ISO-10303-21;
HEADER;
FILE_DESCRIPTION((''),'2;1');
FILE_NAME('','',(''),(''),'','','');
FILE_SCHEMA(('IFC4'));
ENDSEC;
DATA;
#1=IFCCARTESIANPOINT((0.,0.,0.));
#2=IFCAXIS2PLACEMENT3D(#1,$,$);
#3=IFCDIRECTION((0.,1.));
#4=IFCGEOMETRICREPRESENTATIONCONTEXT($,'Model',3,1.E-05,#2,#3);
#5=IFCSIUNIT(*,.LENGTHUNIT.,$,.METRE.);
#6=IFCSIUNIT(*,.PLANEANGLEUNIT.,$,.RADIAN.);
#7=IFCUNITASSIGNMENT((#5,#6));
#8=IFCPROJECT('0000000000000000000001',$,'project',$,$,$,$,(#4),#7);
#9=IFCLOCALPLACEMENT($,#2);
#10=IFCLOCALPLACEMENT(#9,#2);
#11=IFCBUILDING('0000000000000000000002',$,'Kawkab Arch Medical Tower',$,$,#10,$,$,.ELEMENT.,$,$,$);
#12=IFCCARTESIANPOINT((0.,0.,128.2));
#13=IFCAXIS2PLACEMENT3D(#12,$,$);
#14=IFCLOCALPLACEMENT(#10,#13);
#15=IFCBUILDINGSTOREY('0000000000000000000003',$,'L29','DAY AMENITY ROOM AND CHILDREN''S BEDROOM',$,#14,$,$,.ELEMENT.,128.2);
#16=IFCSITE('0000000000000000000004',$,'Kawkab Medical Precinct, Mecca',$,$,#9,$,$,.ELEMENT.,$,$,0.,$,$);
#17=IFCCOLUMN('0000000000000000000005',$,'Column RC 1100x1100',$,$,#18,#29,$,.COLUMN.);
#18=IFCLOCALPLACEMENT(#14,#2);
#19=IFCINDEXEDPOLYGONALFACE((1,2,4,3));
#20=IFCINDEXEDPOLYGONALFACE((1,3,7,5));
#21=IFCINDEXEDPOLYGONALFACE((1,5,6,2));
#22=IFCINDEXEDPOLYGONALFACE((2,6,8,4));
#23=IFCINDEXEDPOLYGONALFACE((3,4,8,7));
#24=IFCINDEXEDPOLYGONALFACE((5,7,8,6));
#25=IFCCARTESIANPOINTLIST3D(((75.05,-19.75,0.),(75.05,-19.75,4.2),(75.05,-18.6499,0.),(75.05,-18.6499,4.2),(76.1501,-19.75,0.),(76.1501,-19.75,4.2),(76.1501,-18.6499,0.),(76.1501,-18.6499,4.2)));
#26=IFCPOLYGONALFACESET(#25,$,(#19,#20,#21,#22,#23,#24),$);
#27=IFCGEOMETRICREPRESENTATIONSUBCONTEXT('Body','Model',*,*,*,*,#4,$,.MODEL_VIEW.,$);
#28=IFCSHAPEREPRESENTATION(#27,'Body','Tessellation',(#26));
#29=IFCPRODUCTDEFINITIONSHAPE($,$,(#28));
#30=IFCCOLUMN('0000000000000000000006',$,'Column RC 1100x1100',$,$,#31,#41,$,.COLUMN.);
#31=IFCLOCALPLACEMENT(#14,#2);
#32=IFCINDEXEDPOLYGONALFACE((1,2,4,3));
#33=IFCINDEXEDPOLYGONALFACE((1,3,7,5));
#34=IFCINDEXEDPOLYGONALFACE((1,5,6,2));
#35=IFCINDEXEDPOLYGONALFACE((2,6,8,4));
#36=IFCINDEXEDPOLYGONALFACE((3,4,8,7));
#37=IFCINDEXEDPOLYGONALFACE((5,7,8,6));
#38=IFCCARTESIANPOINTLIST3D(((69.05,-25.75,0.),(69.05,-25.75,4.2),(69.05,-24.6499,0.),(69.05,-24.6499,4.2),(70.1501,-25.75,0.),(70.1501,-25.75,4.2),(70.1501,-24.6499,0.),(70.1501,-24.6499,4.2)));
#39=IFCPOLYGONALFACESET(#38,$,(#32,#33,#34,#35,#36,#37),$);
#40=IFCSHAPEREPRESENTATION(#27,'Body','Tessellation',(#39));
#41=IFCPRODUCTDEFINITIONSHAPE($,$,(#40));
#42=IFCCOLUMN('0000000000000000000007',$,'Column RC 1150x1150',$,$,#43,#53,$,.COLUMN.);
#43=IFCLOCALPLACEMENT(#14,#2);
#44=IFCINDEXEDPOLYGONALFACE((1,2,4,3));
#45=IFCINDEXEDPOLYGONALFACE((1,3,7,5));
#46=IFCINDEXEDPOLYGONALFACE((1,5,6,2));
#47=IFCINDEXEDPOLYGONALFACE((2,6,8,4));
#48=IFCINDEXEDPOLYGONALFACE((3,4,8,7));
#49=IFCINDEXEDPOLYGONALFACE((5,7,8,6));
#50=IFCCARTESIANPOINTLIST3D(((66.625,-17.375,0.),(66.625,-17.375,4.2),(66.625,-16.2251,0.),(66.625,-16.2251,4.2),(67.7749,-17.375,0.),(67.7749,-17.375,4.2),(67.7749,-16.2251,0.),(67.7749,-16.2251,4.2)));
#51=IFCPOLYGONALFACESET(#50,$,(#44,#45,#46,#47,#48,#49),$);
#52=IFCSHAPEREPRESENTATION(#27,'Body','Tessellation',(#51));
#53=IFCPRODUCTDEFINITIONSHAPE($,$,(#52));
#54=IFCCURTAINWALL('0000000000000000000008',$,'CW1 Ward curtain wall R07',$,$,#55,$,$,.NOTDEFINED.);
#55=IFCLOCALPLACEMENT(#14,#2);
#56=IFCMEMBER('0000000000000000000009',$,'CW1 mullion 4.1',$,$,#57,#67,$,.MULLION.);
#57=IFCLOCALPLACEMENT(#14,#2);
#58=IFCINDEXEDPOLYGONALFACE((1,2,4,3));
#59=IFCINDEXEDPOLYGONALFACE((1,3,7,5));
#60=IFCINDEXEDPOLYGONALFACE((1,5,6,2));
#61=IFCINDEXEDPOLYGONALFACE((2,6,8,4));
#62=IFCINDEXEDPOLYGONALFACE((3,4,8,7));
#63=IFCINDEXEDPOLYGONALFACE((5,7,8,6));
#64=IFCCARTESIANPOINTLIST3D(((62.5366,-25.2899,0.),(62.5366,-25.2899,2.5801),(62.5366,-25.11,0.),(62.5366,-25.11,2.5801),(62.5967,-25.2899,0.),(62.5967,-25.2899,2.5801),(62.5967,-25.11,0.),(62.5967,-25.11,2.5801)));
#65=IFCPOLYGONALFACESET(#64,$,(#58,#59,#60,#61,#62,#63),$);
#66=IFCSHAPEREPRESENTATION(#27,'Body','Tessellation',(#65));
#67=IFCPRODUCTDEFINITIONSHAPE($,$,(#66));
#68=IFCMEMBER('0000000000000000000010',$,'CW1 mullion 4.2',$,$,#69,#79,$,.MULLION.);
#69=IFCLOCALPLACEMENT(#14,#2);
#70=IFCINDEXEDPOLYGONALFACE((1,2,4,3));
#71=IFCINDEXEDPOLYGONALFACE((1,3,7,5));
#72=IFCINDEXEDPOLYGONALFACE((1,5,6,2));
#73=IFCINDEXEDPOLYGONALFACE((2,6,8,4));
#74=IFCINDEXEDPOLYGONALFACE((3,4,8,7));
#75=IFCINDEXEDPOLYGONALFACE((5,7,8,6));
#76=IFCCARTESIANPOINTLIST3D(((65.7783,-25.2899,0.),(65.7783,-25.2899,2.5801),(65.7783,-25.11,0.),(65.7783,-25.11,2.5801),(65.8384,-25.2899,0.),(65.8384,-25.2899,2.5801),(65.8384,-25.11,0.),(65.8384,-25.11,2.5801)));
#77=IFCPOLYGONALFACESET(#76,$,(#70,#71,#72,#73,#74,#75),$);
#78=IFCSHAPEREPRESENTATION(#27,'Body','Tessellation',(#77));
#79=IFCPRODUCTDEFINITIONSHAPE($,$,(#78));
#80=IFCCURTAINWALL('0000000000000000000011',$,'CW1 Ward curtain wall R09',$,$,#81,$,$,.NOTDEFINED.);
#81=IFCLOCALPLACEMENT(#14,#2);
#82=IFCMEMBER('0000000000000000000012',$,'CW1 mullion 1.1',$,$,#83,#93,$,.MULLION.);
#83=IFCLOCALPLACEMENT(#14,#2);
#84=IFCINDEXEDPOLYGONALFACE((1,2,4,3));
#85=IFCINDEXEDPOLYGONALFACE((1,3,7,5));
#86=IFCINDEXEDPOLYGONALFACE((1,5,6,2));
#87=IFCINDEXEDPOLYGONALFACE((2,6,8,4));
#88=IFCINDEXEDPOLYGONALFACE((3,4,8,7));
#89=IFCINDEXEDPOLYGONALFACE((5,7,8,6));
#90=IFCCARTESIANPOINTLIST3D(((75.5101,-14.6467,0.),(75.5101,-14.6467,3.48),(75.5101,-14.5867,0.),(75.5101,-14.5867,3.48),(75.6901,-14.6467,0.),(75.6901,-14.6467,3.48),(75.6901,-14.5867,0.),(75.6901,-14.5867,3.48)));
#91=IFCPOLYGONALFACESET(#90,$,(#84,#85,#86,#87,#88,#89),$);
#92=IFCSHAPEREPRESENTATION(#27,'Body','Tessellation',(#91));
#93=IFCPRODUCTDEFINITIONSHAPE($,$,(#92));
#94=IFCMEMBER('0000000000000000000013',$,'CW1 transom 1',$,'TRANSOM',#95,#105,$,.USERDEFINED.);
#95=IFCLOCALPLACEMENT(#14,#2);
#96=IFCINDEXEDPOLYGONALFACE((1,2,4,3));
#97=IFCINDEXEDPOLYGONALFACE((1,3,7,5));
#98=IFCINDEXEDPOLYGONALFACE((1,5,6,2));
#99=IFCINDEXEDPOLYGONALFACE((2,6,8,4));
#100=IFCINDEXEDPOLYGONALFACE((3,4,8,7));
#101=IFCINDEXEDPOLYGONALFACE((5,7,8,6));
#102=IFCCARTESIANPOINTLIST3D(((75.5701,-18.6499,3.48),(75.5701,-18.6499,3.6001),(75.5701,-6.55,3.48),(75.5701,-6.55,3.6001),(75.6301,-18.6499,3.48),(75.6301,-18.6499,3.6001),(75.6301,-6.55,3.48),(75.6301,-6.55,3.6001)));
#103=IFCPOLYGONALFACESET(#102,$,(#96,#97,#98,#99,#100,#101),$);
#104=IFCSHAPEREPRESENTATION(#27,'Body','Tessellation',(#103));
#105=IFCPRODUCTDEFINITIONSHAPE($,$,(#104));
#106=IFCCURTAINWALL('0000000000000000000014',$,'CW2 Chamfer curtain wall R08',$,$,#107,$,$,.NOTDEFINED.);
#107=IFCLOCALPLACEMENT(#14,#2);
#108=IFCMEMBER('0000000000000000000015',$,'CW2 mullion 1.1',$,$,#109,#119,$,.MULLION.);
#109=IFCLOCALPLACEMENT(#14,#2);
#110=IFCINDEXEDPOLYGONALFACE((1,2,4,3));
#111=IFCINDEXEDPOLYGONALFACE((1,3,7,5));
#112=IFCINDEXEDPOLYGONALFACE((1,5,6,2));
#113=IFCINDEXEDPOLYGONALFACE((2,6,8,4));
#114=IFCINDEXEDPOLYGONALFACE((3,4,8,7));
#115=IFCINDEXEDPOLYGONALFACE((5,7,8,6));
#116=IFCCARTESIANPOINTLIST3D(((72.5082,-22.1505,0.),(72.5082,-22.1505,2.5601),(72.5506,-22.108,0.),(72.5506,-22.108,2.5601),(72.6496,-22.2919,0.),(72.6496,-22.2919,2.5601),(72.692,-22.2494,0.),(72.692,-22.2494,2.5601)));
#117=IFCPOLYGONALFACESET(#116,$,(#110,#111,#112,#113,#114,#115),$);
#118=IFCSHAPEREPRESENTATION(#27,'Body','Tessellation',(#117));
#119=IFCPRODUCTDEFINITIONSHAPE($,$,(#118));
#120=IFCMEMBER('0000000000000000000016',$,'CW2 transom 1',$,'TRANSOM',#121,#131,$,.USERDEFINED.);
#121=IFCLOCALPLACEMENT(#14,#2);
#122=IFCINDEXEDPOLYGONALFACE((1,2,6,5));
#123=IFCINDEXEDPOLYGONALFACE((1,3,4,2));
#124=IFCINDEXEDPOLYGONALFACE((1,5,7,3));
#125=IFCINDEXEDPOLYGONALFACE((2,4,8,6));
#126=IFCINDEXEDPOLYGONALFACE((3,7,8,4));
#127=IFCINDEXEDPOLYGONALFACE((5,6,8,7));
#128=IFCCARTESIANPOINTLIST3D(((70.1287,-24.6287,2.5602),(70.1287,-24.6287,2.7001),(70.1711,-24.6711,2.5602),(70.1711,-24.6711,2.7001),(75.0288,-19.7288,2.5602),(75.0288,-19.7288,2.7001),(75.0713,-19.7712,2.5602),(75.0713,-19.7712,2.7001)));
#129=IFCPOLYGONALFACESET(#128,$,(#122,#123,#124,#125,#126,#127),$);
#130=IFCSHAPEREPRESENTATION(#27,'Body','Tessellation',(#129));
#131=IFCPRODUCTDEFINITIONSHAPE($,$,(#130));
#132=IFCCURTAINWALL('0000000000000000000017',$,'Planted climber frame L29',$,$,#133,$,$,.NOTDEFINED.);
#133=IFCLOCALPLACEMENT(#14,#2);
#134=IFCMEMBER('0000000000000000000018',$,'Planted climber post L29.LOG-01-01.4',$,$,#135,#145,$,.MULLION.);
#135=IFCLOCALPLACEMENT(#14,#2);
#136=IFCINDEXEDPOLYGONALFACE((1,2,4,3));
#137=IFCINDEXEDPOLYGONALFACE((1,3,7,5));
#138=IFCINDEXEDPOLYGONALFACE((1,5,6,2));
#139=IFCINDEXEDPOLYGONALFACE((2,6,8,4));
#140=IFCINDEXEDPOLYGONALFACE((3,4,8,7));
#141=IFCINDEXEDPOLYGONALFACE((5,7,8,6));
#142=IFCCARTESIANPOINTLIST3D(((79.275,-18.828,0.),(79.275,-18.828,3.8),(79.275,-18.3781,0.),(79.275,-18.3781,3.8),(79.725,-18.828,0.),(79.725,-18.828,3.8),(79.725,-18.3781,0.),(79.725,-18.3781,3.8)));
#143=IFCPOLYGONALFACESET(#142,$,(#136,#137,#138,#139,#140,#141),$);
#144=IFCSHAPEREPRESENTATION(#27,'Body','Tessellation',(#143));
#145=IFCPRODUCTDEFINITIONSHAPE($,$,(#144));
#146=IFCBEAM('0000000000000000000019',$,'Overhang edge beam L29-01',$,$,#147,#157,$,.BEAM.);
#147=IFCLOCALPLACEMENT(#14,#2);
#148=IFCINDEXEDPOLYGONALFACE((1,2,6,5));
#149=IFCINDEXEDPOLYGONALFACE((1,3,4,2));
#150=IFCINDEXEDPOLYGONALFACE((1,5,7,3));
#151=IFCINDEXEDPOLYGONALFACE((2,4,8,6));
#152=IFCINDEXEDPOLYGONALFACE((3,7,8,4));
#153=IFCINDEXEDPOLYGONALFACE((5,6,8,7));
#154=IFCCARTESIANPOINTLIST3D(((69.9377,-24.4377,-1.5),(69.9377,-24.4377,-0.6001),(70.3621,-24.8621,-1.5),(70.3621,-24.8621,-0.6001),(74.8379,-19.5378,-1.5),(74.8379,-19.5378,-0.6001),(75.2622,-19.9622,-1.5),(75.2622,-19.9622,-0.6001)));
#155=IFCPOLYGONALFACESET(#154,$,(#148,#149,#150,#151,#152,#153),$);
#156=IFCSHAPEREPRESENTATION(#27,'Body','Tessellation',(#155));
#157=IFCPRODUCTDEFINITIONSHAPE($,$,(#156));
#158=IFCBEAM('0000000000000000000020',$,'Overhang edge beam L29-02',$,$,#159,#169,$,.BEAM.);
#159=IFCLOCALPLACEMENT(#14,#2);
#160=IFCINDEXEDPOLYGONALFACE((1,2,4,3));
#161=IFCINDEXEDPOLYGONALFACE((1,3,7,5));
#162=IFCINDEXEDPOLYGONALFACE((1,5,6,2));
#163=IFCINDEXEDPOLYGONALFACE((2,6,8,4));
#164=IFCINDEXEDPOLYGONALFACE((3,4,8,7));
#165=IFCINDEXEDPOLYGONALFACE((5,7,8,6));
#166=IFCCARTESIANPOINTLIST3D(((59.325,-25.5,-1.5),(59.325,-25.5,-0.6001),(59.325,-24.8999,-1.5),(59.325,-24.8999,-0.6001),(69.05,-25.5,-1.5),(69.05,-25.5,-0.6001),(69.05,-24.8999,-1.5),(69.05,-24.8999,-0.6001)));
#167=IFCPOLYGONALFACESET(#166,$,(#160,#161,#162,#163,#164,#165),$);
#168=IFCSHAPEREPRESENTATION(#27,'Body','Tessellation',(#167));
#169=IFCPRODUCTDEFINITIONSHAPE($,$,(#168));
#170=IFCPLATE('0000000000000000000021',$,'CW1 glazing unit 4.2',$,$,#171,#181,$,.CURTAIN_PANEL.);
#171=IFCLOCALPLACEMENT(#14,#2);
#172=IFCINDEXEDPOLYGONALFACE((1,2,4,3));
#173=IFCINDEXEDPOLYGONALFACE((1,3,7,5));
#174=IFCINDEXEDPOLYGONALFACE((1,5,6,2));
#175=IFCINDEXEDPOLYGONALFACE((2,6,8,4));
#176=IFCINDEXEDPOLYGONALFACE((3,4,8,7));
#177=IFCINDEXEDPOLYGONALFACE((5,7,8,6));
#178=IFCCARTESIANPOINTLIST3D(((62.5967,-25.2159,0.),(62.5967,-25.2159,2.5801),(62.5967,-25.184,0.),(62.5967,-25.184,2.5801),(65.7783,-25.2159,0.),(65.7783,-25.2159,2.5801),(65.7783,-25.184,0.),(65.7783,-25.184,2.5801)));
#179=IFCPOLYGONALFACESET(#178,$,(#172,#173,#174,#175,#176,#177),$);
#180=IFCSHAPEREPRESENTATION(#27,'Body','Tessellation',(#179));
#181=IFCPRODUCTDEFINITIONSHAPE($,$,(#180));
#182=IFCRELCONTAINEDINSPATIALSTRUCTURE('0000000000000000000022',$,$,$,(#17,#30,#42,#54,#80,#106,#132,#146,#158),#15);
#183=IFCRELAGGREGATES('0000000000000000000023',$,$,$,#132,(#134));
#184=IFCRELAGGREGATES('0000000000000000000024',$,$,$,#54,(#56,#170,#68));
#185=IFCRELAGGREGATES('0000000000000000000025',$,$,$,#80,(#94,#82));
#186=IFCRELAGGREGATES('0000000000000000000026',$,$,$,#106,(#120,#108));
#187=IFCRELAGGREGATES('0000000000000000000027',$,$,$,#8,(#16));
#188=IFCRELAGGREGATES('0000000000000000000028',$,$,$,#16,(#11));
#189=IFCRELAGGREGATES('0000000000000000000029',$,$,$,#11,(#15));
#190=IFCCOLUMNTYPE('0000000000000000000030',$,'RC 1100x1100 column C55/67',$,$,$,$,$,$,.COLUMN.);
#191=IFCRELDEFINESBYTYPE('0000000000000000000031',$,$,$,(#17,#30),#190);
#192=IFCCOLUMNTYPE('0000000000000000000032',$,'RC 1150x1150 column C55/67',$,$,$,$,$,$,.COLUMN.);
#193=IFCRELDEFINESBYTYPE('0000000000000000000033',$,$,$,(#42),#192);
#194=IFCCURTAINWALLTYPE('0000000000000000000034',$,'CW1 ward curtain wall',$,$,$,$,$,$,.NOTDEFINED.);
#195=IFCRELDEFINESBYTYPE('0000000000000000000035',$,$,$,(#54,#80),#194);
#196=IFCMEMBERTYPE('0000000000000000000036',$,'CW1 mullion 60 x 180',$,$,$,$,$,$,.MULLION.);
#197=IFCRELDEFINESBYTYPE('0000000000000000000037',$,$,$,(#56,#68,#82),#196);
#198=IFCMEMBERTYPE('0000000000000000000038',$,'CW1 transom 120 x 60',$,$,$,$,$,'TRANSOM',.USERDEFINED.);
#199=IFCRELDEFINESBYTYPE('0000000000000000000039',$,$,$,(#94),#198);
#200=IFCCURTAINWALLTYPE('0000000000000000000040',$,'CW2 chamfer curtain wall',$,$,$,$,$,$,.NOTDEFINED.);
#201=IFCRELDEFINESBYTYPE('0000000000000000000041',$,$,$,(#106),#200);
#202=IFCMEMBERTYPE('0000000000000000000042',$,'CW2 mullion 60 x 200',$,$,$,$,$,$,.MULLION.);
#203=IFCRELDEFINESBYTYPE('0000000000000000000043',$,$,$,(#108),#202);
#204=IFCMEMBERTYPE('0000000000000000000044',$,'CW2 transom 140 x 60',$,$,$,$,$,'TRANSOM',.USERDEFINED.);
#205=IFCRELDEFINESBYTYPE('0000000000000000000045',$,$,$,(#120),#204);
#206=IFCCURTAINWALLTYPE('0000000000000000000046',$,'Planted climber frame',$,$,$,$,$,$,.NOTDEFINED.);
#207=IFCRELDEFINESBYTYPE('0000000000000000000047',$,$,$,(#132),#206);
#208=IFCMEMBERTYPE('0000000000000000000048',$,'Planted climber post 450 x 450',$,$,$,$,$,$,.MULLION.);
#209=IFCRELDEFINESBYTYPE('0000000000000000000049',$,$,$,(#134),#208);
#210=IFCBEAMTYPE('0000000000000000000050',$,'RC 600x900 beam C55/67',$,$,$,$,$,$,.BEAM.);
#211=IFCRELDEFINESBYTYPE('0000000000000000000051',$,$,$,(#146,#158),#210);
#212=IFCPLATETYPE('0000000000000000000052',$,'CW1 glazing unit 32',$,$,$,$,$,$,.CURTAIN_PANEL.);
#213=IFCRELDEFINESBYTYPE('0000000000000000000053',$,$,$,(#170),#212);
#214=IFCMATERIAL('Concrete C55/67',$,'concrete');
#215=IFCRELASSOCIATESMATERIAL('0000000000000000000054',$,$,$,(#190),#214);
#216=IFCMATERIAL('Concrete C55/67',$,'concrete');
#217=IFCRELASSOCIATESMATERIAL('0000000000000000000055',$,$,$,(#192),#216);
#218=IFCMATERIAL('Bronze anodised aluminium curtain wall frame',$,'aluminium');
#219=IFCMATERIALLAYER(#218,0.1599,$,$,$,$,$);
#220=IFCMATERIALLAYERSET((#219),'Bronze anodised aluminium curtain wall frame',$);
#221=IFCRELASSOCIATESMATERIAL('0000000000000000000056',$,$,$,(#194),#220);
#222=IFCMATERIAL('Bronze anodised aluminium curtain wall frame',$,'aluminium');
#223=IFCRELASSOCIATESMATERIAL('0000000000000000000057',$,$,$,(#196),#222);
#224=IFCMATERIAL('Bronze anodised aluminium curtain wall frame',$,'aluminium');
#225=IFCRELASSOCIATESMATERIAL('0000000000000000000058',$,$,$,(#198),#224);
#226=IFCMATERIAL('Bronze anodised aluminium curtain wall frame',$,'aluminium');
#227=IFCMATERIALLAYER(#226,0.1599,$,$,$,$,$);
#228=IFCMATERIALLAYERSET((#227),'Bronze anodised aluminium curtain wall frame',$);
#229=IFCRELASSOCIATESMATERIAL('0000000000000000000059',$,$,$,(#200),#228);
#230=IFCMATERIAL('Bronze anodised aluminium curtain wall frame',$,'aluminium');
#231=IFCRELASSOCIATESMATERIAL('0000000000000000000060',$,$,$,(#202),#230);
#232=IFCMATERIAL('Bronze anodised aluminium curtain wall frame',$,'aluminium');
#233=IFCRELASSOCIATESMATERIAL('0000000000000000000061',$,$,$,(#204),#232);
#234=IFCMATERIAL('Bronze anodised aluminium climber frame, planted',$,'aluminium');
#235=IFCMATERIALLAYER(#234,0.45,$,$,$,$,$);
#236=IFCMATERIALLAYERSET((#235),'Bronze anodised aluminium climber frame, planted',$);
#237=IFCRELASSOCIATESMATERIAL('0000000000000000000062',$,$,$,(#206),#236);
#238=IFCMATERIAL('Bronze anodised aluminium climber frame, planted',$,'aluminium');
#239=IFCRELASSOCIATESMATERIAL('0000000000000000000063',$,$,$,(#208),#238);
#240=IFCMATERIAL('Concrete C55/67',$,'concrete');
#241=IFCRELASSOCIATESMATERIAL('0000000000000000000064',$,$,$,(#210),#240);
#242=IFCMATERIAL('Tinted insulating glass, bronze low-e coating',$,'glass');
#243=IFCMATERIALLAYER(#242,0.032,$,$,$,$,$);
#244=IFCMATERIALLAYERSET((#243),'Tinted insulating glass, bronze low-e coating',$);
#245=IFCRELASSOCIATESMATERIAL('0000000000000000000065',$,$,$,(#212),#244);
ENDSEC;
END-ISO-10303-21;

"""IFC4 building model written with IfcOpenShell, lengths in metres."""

from ifc_helpers import new_model, si_unit, direction, frame, origin, origin_2d, place, context, subcontext, project, spatial, rectangle, extrude, material, layer, layer_set, material_profile, profile_set, type_object, element, aggregate, save


model = new_model("IFC4")

# Units and contexts
model_context = context("Model", 3, precision=1e-05, world=origin(), true_north=direction((0.0, 1.0)))
body_context = subcontext(model_context, "Body", "Model", "MODEL_VIEW")
ifc_project = project(units=[si_unit("LENGTHUNIT", "METRE"), si_unit("PLANEANGLEUNIT", "RADIAN")], contexts=[model_context])

# Site, building, storey
site_placement = place(None, origin())
site = spatial("IfcSite", under=ifc_project, at=site_placement, Name="Kawkab Medical Precinct, Mecca", CompositionType="ELEMENT", RefElevation=0.0)
building_placement = place(site_placement, origin())
building = spatial("IfcBuilding", under=site, at=building_placement, Name="Kawkab Arch Medical Tower", CompositionType="ELEMENT")
storey_placement = place(building_placement, frame((0.0, 0.0, 128.2)))
storey = spatial("IfcBuildingStorey", under=building, at=storey_placement, Name="L29", Description="DAY AMENITY ROOM AND CHILDREN'S BEDROOM", CompositionType="ELEMENT", Elevation=128.2)

# Columns
ifc_material_1 = material(Name="Concrete C55/67", Category="concrete")
ifc_material_profile_1 = material_profile(ifc_material_1, rectangle(XDim=1.1001, YDim=1.1001, at=origin_2d()), Name="RC 1100x1100")
ifc_profile_set_1 = profile_set([ifc_material_profile_1], Name="Concrete C55/67")
column_type_1 = type_object("IfcColumnType", Name="RC 1100x1100 column C55/67", PredefinedType="COLUMN", material=ifc_profile_set_1)
for number, where, z_axis, x_axis, name in (
    (1, (75.6001, -19.2, 0.0), (0.0, 0.0, 1.0), (1.0, 0.0, 0.0), "Column RC 1100x1100"),
    (2, (69.6001, -25.2, 0.0), (0.0, 0.0, 1.0), (1.0, 0.0, 0.0), "Column RC 1100x1100"),
):
    element("IfcColumn", number, at=place(storey_placement, frame(where, z_axis=z_axis, x_axis=x_axis)), inside=storey, type_object=column_type_1, Name=name, PredefinedType="COLUMN", context=body_context, shape_type="SweptSolid", body=[
        extrude(rectangle(XDim=1.1001, YDim=1.1001, at=origin_2d()), origin(), (0.0, 0.0, 1.0), 4.2),
    ])
ifc_material_2 = material(Name="Concrete C55/67", Category="concrete")
ifc_material_profile_2 = material_profile(ifc_material_2, rectangle(XDim=1.1499, YDim=1.1499, at=origin_2d()), Name="RC 1150x1150")
ifc_profile_set_2 = profile_set([ifc_material_profile_2], Name="Concrete C55/67")
column_type_2 = type_object("IfcColumnType", Name="RC 1150x1150 column C55/67", PredefinedType="COLUMN", material=ifc_profile_set_2)
column_placement = place(storey_placement, frame((67.2, -16.8, 0.0), z_axis=(0.0, 0.0, 1.0), x_axis=(1.0, 0.0, 0.0)))
element("IfcColumn", 3, at=column_placement, inside=storey, type_object=column_type_2, Name="Column RC 1150x1150", PredefinedType="COLUMN", context=body_context, shape_type="SweptSolid", body=[
    extrude(rectangle(XDim=1.1499, YDim=1.1499, at=origin_2d()), origin(), (0.0, 0.0, 1.0), 4.2),
])

# Curtain walls, members
ifc_material_3 = material(Name="Bronze anodised aluminium curtain wall frame", Category="aluminium")
ifc_layer_1 = layer(ifc_material_3, 0.1599)
ifc_layer_set_1 = layer_set([ifc_layer_1], Name="Bronze anodised aluminium curtain wall frame")
curtain_wall_type_1 = type_object("IfcCurtainWallType", Name="CW1 ward curtain wall", PredefinedType="NOTDEFINED", material=ifc_layer_set_1)
placement = place(storey_placement, origin())
curtain_wall_1 = element("IfcCurtainWall", 4, at=placement, inside=storey, type_object=curtain_wall_type_1, Name="CW1 Ward curtain wall R07", PredefinedType="NOTDEFINED")
ifc_material_4 = material(Name="Bronze anodised aluminium curtain wall frame", Category="aluminium")
ifc_material_profile_3 = material_profile(ifc_material_4, rectangle(XDim=0.1799, YDim=0.0601, at=origin_2d()), Name="AL 60x180")
ifc_profile_set_3 = profile_set([ifc_material_profile_3], Name="Bronze anodised aluminium curtain wall frame")
member_type_1 = type_object("IfcMemberType", Name="CW1 mullion 60 x 180", PredefinedType="MULLION", material=ifc_profile_set_3)
member_1_placement = place(storey_placement, frame((62.5667, -25.2, 0.0), z_axis=(0.0, 0.0, 1.0), x_axis=(0.0, 1.0, 0.0)))
member_1 = element("IfcMember", 5, at=member_1_placement, type_object=member_type_1, Name="CW1 mullion 4.1", PredefinedType="MULLION", context=body_context, shape_type="SweptSolid", body=[
    extrude(rectangle(XDim=0.1799, YDim=0.0601, at=origin_2d()), origin(), (0.0, 0.0, 1.0), 2.5801),
])
member_2_placement = place(storey_placement, frame((65.8083, -25.2, 0.0), z_axis=(0.0, 0.0, 1.0), x_axis=(0.0, 1.0, 0.0)))
member_2 = element("IfcMember", 6, at=member_2_placement, type_object=member_type_1, Name="CW1 mullion 4.2", PredefinedType="MULLION", context=body_context, shape_type="SweptSolid", body=[
    extrude(rectangle(XDim=0.1799, YDim=0.0601, at=origin_2d()), origin(), (0.0, 0.0, 1.0), 2.5801),
])
curtain_wall_2 = element("IfcCurtainWall", 7, at=placement, inside=storey, type_object=curtain_wall_type_1, Name="CW1 Ward curtain wall R09", PredefinedType="NOTDEFINED")
member_3_placement = place(storey_placement, frame((75.6001, -14.6167, 0.0), z_axis=(0.0, 0.0, 1.0), x_axis=(-1.0, 0.0, 0.0)))
member_3 = element("IfcMember", 8, at=member_3_placement, type_object=member_type_1, Name="CW1 mullion 1.1", PredefinedType="MULLION", context=body_context, shape_type="SweptSolid", body=[
    extrude(rectangle(XDim=0.1799, YDim=0.0601, at=origin_2d()), origin(), (0.0, 0.0, 1.0), 3.48),
])
ifc_material_5 = material(Name="Bronze anodised aluminium curtain wall frame", Category="aluminium")
ifc_material_profile_4 = material_profile(ifc_material_5, rectangle(XDim=0.0601, YDim=0.1201, at=origin_2d()), Name="AL 60x120")
ifc_profile_set_4 = profile_set([ifc_material_profile_4], Name="Bronze anodised aluminium curtain wall frame")
member_type_2 = type_object("IfcMemberType", Name="CW1 transom 120 x 60", ElementType="TRANSOM", PredefinedType="USERDEFINED", material=ifc_profile_set_4)
member_4_placement = place(storey_placement, frame((75.6001, -18.6499, 3.54), z_axis=(0.0, 1.0, 0.0), x_axis=(-1.0, 0.0, 0.0)))
member_4 = element("IfcMember", 9, at=member_4_placement, type_object=member_type_2, Name="CW1 transom 1", ObjectType="TRANSOM", PredefinedType="USERDEFINED", context=body_context, shape_type="SweptSolid", body=[
    extrude(rectangle(XDim=0.0601, YDim=0.1201, at=origin_2d()), origin(), (0.0, 0.0, 1.0), 12.0999),
])
ifc_material_6 = material(Name="Bronze anodised aluminium curtain wall frame", Category="aluminium")
ifc_layer_2 = layer(ifc_material_6, 0.1599)
ifc_layer_set_2 = layer_set([ifc_layer_2], Name="Bronze anodised aluminium curtain wall frame")
curtain_wall_type_2 = type_object("IfcCurtainWallType", Name="CW2 chamfer curtain wall", PredefinedType="NOTDEFINED", material=ifc_layer_set_2)
curtain_wall_3 = element("IfcCurtainWall", 10, at=placement, inside=storey, type_object=curtain_wall_type_2, Name="CW2 Chamfer curtain wall R08", PredefinedType="NOTDEFINED")
ifc_material_7 = material(Name="Bronze anodised aluminium curtain wall frame", Category="aluminium")
ifc_material_profile_5 = material_profile(ifc_material_7, rectangle(XDim=0.2, YDim=0.0601, at=origin_2d()), Name="AL 60x200")
ifc_profile_set_5 = profile_set([ifc_material_profile_5], Name="Bronze anodised aluminium curtain wall frame")
member_type_3 = type_object("IfcMemberType", Name="CW2 mullion 60 x 200", PredefinedType="MULLION", material=ifc_profile_set_5)
member_5_placement = place(storey_placement, frame((72.6001, -22.2, 0.0), z_axis=(0.0, 0.0, 1.0), x_axis=(-0.707107, 0.707107, 0.0)))
member_5 = element("IfcMember", 11, at=member_5_placement, type_object=member_type_3, Name="CW2 mullion 1.1", PredefinedType="MULLION", context=body_context, shape_type="SweptSolid", body=[
    extrude(rectangle(XDim=0.2, YDim=0.0601, at=origin_2d()), origin(), (0.0, 0.0, 1.0), 2.5601),
])
ifc_material_8 = material(Name="Bronze anodised aluminium curtain wall frame", Category="aluminium")
ifc_material_profile_6 = material_profile(ifc_material_8, rectangle(XDim=0.0601, YDim=0.1399, at=origin_2d()), Name="AL 60x140")
ifc_profile_set_6 = profile_set([ifc_material_profile_6], Name="Bronze anodised aluminium curtain wall frame")
member_type_4 = type_object("IfcMemberType", Name="CW2 transom 140 x 60", ElementType="TRANSOM", PredefinedType="USERDEFINED", material=ifc_profile_set_6)
member_6_placement = place(storey_placement, frame((70.1499, -24.6499, 2.6301), z_axis=(0.707124, 0.707089, 0.0), x_axis=(-0.707089, 0.707124, 0.0)))
member_6 = element("IfcMember", 12, at=member_6_placement, type_object=member_type_4, Name="CW2 transom 1", ObjectType="TRANSOM", PredefinedType="USERDEFINED", context=body_context, shape_type="SweptSolid", body=[
    extrude(rectangle(XDim=0.0601, YDim=0.1399, at=origin_2d()), origin(), (0.0, 0.0, 1.0), 6.9297),
])

# Curtain wall, member
ifc_material_9 = material(Name="Bronze anodised aluminium climber frame, planted", Category="aluminium")
ifc_layer_3 = layer(ifc_material_9, 0.45)
ifc_layer_set_3 = layer_set([ifc_layer_3], Name="Bronze anodised aluminium climber frame, planted")
curtain_wall_type_3 = type_object("IfcCurtainWallType", Name="Planted climber frame", PredefinedType="NOTDEFINED", material=ifc_layer_set_3)
curtain_wall_4 = element("IfcCurtainWall", 13, at=placement, inside=storey, type_object=curtain_wall_type_3, Name="Planted climber frame L29", PredefinedType="NOTDEFINED")
ifc_material_10 = material(Name="Bronze anodised aluminium climber frame, planted", Category="aluminium")
ifc_material_profile_7 = material_profile(ifc_material_10, rectangle(XDim=0.45, YDim=0.45, at=origin_2d()), Name="Post 450x450")
ifc_profile_set_7 = profile_set([ifc_material_profile_7], Name="Bronze anodised aluminium climber frame, planted")
member_type_5 = type_object("IfcMemberType", Name="Planted climber post 450 x 450", PredefinedType="MULLION", material=ifc_profile_set_7)
member_7_placement = place(storey_placement, frame((79.5, -18.603, 0.0), z_axis=(0.0, 0.0, 1.0), x_axis=(1.0, 0.0, 0.0)))
member_7 = element("IfcMember", 14, at=member_7_placement, type_object=member_type_5, Name="Planted climber post L29.LOG-01-01.4", PredefinedType="MULLION", context=body_context, shape_type="SweptSolid", body=[
    extrude(rectangle(XDim=0.45, YDim=0.45, at=origin_2d()), origin(), (0.0, 0.0, 1.0), 3.8),
])
aggregate(curtain_wall_4, [member_7])

# Beams
ifc_material_11 = material(Name="Concrete C55/67", Category="concrete")
ifc_material_profile_8 = material_profile(ifc_material_11, rectangle(XDim=0.6001, YDim=0.8999, at=origin_2d()), Name="RC 600x900")
ifc_profile_set_8 = profile_set([ifc_material_profile_8], Name="Concrete C55/67")
beam_type = type_object("IfcBeamType", Name="RC 600x900 beam C55/67", PredefinedType="BEAM", material=ifc_profile_set_8)
beam_1_placement = place(storey_placement, frame((75.05, -19.75, -1.05), z_axis=(-0.707124, -0.707089, 0.0), x_axis=(0.707089, -0.707124, 0.0)))
element("IfcBeam", 15, at=beam_1_placement, inside=storey, type_object=beam_type, Name="Overhang edge beam L29-01", PredefinedType="BEAM", context=body_context, shape_type="SweptSolid", body=[
    extrude(rectangle(XDim=0.6001, YDim=0.8999, at=origin_2d()), origin(), (0.0, 0.0, 1.0), 6.9297),
])
beam_2_placement = place(storey_placement, frame((69.05, -25.2, -1.05), z_axis=(-1.0, 0.0, 0.0), x_axis=(0.0, -1.0, 0.0)))
element("IfcBeam", 16, at=beam_2_placement, inside=storey, type_object=beam_type, Name="Overhang edge beam L29-02", PredefinedType="BEAM", context=body_context, shape_type="SweptSolid", body=[
    extrude(rectangle(XDim=0.6001, YDim=0.8999, at=origin_2d()), origin(), (0.0, 0.0, 1.0), 9.7251),
])

# Plate
ifc_material_12 = material(Name="Tinted insulating glass, bronze low-e coating", Category="glass")
ifc_layer_4 = layer(ifc_material_12, 0.032)
ifc_layer_set_4 = layer_set([ifc_layer_4], Name="Tinted insulating glass, bronze low-e coating")
plate_type_1 = type_object("IfcPlateType", Name="CW1 glazing unit 32", PredefinedType="CURTAIN_PANEL", material=ifc_layer_set_4)
plate_1_placement = place(storey_placement, frame((64.1875, -25.2, 0.0), z_axis=(0.0, 0.0, 1.0), x_axis=(1.0, 0.0, 0.0)))
plate_1 = element("IfcPlate", 17, at=plate_1_placement, type_object=plate_type_1, Name="CW1 glazing unit 4.2", PredefinedType="CURTAIN_PANEL", context=body_context, shape_type="SweptSolid", body=[
    extrude(rectangle(XDim=3.1816, YDim=0.032, at=origin_2d()), origin(), (0.0, 0.0, 1.0), 2.5801),
])
aggregate(curtain_wall_1, [member_1, plate_1, member_2])
aggregate(curtain_wall_2, [member_4, member_3])
aggregate(curtain_wall_3, [member_6, member_5])

save(model, "model.ifc")
